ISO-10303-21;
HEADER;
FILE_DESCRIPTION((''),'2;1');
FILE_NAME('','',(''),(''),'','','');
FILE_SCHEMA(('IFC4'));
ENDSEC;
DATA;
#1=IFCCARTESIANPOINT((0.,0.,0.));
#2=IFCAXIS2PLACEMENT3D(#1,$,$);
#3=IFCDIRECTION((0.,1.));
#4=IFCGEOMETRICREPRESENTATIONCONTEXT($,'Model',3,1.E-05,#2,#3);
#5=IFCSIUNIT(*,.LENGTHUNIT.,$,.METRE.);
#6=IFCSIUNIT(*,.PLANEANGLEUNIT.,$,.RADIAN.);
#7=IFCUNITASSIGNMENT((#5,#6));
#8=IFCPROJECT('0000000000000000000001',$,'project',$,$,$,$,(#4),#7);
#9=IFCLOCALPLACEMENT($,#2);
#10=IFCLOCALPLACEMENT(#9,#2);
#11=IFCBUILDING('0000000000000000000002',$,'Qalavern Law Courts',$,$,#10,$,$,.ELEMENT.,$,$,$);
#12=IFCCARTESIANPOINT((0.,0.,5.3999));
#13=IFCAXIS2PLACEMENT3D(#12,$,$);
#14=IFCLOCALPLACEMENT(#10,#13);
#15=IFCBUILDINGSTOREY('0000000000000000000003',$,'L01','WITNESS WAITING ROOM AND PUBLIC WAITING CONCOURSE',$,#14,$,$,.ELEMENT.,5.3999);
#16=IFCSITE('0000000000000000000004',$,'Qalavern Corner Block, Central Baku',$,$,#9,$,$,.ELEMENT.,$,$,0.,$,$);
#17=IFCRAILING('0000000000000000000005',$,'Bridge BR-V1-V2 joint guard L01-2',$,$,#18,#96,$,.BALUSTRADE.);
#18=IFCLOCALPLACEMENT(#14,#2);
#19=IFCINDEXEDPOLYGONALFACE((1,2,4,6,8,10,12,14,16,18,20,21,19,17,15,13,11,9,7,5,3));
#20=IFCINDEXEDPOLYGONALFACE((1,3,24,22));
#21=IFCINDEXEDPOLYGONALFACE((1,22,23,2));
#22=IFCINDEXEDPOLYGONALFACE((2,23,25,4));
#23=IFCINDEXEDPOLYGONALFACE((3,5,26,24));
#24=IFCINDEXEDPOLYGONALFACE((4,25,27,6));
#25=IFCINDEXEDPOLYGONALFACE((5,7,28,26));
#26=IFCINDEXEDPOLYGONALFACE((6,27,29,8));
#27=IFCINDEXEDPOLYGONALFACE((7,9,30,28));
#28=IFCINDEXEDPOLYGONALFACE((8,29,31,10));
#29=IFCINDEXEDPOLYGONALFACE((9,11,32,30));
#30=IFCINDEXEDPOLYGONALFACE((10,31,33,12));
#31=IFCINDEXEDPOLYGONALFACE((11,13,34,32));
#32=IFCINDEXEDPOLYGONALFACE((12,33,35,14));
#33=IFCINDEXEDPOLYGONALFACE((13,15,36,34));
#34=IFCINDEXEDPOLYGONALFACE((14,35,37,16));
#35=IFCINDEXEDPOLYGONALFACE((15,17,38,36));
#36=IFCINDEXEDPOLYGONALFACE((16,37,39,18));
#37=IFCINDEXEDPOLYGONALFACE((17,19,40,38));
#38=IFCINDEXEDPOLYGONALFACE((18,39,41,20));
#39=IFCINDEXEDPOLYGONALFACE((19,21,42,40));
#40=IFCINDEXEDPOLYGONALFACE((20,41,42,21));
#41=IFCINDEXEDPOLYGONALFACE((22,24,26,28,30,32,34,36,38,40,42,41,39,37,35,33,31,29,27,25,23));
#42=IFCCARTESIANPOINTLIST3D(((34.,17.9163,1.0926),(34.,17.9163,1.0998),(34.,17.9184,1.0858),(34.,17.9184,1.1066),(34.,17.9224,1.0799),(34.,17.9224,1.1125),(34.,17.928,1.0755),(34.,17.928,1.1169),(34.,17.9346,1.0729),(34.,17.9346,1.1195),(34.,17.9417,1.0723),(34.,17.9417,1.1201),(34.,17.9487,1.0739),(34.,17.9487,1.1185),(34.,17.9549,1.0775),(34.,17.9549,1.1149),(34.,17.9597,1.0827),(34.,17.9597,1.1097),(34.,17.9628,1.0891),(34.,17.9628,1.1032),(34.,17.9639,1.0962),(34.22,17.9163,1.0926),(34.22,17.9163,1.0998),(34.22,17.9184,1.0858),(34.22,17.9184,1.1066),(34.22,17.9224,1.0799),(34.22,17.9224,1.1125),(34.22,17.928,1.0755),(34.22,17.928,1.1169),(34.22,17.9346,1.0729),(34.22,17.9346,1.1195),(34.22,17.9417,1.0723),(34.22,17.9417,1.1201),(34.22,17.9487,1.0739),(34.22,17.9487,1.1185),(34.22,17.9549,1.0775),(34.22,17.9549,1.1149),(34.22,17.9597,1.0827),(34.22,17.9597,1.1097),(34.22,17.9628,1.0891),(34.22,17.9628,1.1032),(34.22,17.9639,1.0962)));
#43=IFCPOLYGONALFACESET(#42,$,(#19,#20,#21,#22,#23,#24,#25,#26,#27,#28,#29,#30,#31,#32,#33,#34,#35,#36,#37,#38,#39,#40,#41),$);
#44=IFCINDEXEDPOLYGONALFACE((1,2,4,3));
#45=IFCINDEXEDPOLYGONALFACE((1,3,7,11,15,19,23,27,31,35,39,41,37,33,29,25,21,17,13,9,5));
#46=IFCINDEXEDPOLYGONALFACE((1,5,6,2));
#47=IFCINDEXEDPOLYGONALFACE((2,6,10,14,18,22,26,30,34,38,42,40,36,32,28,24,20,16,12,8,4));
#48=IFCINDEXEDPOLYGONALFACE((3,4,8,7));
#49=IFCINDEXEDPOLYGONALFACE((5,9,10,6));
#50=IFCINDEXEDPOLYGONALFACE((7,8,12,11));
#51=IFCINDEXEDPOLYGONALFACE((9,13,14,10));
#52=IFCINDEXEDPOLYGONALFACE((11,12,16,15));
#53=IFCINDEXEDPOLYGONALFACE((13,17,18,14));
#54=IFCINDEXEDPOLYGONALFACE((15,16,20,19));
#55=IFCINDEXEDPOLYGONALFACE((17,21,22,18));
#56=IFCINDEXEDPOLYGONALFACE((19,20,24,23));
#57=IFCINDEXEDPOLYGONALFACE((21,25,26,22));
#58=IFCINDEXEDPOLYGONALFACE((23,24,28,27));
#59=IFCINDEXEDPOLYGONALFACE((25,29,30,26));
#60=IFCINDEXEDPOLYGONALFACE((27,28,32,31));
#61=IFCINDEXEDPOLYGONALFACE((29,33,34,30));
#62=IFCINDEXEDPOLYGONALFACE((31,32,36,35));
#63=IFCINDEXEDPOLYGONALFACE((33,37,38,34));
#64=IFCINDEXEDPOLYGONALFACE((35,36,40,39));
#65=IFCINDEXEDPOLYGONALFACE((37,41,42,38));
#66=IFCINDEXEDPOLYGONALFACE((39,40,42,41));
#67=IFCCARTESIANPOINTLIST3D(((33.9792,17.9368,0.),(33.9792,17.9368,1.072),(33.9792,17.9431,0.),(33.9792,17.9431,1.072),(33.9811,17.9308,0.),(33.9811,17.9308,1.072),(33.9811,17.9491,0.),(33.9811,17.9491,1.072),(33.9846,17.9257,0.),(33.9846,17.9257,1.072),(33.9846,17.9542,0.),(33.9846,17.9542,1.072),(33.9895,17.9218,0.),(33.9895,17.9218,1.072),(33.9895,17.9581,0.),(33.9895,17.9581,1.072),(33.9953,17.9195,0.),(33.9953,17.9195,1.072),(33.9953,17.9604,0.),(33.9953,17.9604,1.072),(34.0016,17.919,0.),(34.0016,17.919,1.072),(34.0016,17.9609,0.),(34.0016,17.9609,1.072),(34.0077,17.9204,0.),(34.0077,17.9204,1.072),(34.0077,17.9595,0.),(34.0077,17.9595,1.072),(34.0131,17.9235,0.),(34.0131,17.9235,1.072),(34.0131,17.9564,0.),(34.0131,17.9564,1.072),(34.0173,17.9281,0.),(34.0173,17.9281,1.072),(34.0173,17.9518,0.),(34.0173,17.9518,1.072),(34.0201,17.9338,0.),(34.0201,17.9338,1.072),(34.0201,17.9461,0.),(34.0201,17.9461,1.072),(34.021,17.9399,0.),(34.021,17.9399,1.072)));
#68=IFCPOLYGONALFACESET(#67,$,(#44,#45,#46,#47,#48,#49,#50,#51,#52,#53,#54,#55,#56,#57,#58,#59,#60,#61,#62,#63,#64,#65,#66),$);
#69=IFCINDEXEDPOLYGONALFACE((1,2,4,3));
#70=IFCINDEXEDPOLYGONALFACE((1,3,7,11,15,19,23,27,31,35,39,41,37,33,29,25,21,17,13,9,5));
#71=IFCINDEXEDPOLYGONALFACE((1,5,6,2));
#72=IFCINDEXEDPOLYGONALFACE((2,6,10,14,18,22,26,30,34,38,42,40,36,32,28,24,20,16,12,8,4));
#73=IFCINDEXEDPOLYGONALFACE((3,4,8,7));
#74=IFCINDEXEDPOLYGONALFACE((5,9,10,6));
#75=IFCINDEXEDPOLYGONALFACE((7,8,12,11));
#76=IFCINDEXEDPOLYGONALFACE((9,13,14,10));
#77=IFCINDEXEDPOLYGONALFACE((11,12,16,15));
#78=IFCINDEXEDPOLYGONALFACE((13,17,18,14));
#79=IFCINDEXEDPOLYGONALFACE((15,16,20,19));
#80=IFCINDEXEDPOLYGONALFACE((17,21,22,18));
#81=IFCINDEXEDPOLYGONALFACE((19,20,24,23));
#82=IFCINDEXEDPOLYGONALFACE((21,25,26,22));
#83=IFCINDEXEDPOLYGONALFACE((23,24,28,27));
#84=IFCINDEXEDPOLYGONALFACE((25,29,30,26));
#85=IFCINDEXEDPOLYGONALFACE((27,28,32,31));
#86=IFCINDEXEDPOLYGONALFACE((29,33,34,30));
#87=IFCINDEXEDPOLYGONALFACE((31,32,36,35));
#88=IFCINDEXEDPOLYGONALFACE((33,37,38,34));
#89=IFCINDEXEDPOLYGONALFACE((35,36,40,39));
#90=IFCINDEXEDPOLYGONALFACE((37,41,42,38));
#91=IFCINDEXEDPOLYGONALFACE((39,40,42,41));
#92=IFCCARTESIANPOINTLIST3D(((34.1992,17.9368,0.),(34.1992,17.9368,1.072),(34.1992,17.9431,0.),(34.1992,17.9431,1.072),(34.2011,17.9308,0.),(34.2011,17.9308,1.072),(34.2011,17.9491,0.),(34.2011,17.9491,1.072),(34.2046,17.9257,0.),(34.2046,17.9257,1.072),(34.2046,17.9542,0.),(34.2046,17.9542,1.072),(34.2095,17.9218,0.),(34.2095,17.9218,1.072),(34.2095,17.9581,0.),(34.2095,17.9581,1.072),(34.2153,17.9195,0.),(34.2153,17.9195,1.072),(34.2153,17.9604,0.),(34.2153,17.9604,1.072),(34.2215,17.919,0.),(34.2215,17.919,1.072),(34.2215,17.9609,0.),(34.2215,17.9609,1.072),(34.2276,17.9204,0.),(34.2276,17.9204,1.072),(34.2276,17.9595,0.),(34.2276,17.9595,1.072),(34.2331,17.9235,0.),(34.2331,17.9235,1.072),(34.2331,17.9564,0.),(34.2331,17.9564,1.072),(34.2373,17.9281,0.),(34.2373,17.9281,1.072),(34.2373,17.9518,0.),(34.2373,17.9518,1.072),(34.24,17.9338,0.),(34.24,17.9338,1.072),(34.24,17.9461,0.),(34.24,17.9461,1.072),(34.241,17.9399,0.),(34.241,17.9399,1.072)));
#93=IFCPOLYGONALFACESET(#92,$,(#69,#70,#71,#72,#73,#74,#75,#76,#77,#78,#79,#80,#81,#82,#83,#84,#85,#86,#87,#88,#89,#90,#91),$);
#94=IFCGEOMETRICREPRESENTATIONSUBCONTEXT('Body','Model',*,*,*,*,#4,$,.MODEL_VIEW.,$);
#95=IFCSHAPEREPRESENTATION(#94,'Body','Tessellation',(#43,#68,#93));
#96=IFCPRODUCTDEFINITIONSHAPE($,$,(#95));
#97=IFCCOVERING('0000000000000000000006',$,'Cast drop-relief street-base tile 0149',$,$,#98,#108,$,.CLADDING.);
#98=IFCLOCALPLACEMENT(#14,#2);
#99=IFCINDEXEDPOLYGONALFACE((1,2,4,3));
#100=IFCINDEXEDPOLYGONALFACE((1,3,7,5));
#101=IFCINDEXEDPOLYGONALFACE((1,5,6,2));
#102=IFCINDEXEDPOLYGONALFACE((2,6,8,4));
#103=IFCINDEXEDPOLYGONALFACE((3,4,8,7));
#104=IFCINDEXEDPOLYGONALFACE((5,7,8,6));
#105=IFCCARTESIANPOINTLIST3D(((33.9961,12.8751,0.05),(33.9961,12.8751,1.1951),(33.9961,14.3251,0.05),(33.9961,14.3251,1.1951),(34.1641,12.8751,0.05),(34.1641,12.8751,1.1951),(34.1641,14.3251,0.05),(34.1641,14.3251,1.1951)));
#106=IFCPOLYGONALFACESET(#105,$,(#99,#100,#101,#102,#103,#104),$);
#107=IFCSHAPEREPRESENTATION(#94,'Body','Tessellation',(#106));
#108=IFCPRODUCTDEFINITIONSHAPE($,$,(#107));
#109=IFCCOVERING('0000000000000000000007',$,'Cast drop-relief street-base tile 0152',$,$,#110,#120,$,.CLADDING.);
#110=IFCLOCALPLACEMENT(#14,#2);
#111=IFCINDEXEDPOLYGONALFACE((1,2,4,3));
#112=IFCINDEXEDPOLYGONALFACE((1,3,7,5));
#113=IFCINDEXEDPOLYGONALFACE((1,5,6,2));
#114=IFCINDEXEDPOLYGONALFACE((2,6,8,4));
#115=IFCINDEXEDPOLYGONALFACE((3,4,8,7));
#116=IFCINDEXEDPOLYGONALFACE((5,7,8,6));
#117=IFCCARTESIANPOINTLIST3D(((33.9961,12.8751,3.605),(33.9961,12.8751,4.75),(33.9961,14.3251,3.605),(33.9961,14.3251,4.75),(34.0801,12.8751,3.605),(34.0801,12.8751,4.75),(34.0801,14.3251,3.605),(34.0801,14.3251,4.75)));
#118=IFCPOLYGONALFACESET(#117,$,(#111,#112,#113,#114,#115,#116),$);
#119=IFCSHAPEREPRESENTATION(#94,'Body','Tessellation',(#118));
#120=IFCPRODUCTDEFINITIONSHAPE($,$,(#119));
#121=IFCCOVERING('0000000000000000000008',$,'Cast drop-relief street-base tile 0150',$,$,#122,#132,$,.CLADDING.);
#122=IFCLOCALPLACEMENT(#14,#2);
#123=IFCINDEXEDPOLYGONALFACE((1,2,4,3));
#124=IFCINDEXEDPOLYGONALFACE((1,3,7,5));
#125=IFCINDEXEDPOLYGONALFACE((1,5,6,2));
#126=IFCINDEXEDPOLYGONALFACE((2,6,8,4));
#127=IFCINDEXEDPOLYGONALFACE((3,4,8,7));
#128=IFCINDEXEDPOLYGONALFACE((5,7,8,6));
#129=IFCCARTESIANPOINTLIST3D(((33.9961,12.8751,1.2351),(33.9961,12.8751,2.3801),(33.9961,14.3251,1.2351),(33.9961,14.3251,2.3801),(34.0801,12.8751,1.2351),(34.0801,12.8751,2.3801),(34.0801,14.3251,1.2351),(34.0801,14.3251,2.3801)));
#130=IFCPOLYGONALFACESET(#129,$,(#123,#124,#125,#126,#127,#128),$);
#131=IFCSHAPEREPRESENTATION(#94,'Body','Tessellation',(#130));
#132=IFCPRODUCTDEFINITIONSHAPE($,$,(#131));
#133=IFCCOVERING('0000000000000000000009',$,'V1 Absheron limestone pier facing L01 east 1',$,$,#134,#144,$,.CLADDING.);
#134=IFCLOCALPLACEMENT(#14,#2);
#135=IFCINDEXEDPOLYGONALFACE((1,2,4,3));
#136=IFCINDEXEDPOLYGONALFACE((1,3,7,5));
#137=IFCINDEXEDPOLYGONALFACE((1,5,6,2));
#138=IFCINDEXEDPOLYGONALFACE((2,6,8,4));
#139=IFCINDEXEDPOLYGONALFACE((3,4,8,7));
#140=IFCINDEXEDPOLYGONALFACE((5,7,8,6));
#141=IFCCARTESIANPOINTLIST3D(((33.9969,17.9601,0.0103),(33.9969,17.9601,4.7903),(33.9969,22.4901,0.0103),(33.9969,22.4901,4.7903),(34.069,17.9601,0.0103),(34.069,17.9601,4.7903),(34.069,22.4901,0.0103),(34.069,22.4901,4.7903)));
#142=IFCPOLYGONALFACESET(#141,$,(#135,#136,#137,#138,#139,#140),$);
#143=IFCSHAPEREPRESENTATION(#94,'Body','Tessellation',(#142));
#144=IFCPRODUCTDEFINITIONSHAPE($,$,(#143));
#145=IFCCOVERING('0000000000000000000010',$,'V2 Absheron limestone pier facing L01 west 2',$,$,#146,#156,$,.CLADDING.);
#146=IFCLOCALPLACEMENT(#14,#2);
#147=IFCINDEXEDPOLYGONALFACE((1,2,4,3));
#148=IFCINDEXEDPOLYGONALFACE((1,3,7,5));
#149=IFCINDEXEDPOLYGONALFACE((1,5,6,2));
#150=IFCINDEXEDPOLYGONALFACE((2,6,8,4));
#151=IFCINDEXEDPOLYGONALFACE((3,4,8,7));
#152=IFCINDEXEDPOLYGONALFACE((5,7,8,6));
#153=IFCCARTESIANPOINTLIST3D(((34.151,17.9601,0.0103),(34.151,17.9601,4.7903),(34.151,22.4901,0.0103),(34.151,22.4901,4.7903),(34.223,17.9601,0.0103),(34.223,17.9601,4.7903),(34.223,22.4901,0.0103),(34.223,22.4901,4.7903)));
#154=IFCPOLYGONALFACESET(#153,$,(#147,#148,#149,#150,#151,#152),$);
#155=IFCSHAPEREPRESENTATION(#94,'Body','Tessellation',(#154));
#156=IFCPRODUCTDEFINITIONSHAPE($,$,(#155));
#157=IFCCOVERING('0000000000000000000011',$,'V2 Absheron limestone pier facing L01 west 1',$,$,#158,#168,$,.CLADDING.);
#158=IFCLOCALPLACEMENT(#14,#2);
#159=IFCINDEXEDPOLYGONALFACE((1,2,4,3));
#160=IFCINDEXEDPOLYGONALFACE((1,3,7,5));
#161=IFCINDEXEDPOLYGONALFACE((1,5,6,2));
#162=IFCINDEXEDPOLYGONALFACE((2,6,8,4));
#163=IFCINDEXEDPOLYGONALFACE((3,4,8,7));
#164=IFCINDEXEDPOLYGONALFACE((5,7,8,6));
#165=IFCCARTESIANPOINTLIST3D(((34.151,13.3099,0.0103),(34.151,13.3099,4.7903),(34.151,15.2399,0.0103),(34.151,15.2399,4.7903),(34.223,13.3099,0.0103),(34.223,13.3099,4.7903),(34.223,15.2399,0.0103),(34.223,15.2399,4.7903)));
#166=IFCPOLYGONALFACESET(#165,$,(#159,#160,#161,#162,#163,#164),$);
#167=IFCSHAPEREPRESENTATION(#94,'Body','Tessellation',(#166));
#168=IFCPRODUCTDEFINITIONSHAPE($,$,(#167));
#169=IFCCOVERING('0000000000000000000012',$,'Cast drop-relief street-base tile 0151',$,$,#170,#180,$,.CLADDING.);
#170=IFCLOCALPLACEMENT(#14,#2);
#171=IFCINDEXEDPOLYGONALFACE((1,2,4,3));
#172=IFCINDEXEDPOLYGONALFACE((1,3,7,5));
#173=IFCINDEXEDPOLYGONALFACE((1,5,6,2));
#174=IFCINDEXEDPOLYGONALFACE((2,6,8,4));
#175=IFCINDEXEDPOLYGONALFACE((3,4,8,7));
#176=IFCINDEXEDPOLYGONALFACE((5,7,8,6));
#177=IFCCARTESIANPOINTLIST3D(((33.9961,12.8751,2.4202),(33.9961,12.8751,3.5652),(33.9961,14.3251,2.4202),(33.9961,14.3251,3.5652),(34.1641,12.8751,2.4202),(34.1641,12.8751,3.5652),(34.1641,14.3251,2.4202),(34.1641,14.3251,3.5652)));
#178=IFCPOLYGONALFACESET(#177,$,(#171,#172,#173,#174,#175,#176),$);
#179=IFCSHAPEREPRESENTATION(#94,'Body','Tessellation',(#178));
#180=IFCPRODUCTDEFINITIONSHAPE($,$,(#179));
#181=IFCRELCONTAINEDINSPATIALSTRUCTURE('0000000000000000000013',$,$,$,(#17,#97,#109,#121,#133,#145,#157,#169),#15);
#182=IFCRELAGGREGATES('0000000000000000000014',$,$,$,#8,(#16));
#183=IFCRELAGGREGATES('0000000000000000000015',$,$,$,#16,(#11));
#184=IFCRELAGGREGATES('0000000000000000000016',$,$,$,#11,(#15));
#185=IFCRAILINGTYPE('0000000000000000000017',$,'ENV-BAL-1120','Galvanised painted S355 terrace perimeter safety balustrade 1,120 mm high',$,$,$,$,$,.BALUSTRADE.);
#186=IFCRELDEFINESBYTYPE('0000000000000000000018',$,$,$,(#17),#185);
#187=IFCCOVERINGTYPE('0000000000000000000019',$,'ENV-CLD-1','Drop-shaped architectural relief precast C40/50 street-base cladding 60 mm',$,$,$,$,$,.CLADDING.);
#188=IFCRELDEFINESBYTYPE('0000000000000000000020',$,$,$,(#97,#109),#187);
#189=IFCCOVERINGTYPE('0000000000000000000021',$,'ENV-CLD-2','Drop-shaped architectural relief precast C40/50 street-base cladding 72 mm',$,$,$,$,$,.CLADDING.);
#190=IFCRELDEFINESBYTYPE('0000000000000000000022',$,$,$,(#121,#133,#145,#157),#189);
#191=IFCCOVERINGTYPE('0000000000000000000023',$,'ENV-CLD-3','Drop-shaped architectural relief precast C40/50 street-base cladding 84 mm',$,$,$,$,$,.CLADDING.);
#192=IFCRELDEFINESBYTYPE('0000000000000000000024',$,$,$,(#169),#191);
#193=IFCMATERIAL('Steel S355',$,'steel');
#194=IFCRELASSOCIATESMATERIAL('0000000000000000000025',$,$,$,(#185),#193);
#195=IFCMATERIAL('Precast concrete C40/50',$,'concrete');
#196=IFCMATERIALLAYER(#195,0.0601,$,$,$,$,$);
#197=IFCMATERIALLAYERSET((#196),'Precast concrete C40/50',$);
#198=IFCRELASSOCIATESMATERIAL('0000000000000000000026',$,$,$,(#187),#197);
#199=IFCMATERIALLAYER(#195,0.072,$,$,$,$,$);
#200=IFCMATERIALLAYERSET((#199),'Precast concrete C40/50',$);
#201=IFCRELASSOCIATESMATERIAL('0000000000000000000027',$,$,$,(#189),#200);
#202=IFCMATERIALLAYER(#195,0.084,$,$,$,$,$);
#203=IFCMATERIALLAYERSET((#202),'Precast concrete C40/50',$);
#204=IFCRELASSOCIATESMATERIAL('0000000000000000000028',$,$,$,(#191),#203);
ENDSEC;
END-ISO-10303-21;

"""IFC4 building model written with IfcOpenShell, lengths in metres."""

from ifc_helpers import new_model, si_unit, direction, frame, origin, origin_2d, place, context, subcontext, project, spatial, rectangle, circle, extrude, material, layer, layer_set, type_object, element, save


model = new_model("IFC4")

# Units and contexts
model_context = context("Model", 3, precision=1e-05, world=origin(), true_north=direction((0.0, 1.0)))
body_context = subcontext(model_context, "Body", "Model", "MODEL_VIEW")
ifc_project = project(units=[si_unit("LENGTHUNIT", "METRE"), si_unit("PLANEANGLEUNIT", "RADIAN")], contexts=[model_context])

# Site, building, storey
site_placement = place(None, origin())
site = spatial("IfcSite", under=ifc_project, at=site_placement, Name="Qalavern Corner Block, Central Baku", CompositionType="ELEMENT", RefElevation=0.0)
building_placement = place(site_placement, origin())
building = spatial("IfcBuilding", under=site, at=building_placement, Name="Qalavern Law Courts", CompositionType="ELEMENT")
storey_placement = place(building_placement, frame((0.0, 0.0, 5.3999)))
storey = spatial("IfcBuildingStorey", under=building, at=storey_placement, Name="L01", Description="WITNESS WAITING ROOM AND PUBLIC WAITING CONCOURSE", CompositionType="ELEMENT", Elevation=5.3999)

# Shared definitions
ifc_material_1 = material(Name="Steel S355", Category="steel")

# Railing
railing_type = type_object("IfcRailingType", Name="ENV-BAL-1120", Description="Galvanised painted S355 terrace perimeter safety balustrade 1,120 mm high", PredefinedType="BALUSTRADE", material=ifc_material_1)
for number, where, name in (
    (1, (34.0, 17.9399, 0.0), "Bridge BR-V1-V2 joint guard L01-2"),
):
    element("IfcRailing", number, at=place(storey_placement, frame(where)), inside=storey, type_object=railing_type, Name=name, PredefinedType="BALUSTRADE", context=body_context, shape_type="SweptSolid", body=[
        extrude(circle(Radius=0.0239, at=origin_2d()), frame((0.0, 0.0, 1.0962), z_axis=(1.0, 0.0, 0.0), x_axis=(0.0, 1.0, 0.0)), (0.0, 0.0, 1.0), 0.22),
        extrude(circle(Radius=0.021, at=origin_2d()), origin(), (0.0, 0.0, 1.0), 1.072),
        extrude(circle(Radius=0.021, at=origin_2d()), frame((0.22, 0.0, 0.0)), (0.0, 0.0, 1.0), 1.072),
    ])

# Coverings
ifc_material_2 = material(Name="Precast concrete C40/50", Category="concrete")
ifc_layer_1 = layer(ifc_material_2, 0.0601)
ifc_layer_set_1 = layer_set([ifc_layer_1], Name="Precast concrete C40/50")
covering_type_1 = type_object("IfcCoveringType", Name="ENV-CLD-1", Description="Drop-shaped architectural relief precast C40/50 street-base cladding 60 mm", PredefinedType="CLADDING", material=ifc_layer_set_1)
covering_1_placement = place(storey_placement, frame((34.0801, 13.6001, 0.05), z_axis=(0.0, 0.0, 1.0), x_axis=(0.0, 1.0, 0.0)))
element("IfcCovering", 2, at=covering_1_placement, inside=storey, type_object=covering_type_1, Name="Cast drop-relief street-base tile 0149", PredefinedType="CLADDING", context=body_context, shape_type="SweptSolid", body=[
    extrude(rectangle(XDim=1.45, YDim=0.168, at=origin_2d()), origin(), (0.0, 0.0, 1.0), 1.145),
])
covering_2_placement = place(storey_placement, frame((34.0381, 13.6001, 3.605), z_axis=(0.0, 0.0, 1.0), x_axis=(0.0, 1.0, 0.0)))
element("IfcCovering", 3, at=covering_2_placement, inside=storey, type_object=covering_type_1, Name="Cast drop-relief street-base tile 0152", PredefinedType="CLADDING", context=body_context, shape_type="SweptSolid", body=[
    extrude(rectangle(XDim=1.45, YDim=0.084, at=origin_2d()), origin(), (0.0, 0.0, 1.0), 1.145),
])
ifc_layer_2 = layer(ifc_material_2, 0.072)
ifc_layer_set_2 = layer_set([ifc_layer_2], Name="Precast concrete C40/50")
covering_type_2 = type_object("IfcCoveringType", Name="ENV-CLD-2", Description="Drop-shaped architectural relief precast C40/50 street-base cladding 72 mm", PredefinedType="CLADDING", material=ifc_layer_set_2)
covering_3_placement = place(storey_placement, frame((34.0381, 13.6001, 1.2351), z_axis=(0.0, 0.0, 1.0), x_axis=(0.0, 1.0, 0.0)))
element("IfcCovering", 4, at=covering_3_placement, inside=storey, type_object=covering_type_2, Name="Cast drop-relief street-base tile 0150", PredefinedType="CLADDING", context=body_context, shape_type="SweptSolid", body=[
    extrude(rectangle(XDim=1.45, YDim=0.084, at=origin_2d()), origin(), (0.0, 0.0, 1.0), 1.145),
])
for number, where, z_axis, x_axis, name in (
    (5, (34.033, 20.2251, 0.0103), (0.0, 0.0, 1.0), (0.0, 1.0, 0.0), "V1 Absheron limestone pier facing L01 east 1"),
    (6, (34.187, 20.2251, 0.0103), (0.0, 0.0, 1.0), (0.0, -1.0, 0.0), "V2 Absheron limestone pier facing L01 west 2"),
):
    element("IfcCovering", number, at=place(storey_placement, frame(where, z_axis=z_axis, x_axis=x_axis)), inside=storey, type_object=covering_type_2, Name=name, PredefinedType="CLADDING", context=body_context, shape_type="SweptSolid", body=[
        extrude(rectangle(XDim=4.53, YDim=0.072, at=origin_2d()), origin(), (0.0, 0.0, 1.0), 4.78),
    ])
covering_4_placement = place(storey_placement, frame((34.187, 14.2749, 0.0103), z_axis=(0.0, 0.0, 1.0), x_axis=(0.0, -1.0, 0.0)))
element("IfcCovering", 7, at=covering_4_placement, inside=storey, type_object=covering_type_2, Name="V2 Absheron limestone pier facing L01 west 1", PredefinedType="CLADDING", context=body_context, shape_type="SweptSolid", body=[
    extrude(rectangle(XDim=1.9299, YDim=0.072, at=origin_2d()), origin(), (0.0, 0.0, 1.0), 4.78),
])
ifc_layer_3 = layer(ifc_material_2, 0.084)
ifc_layer_set_3 = layer_set([ifc_layer_3], Name="Precast concrete C40/50")
covering_type_3 = type_object("IfcCoveringType", Name="ENV-CLD-3", Description="Drop-shaped architectural relief precast C40/50 street-base cladding 84 mm", PredefinedType="CLADDING", material=ifc_layer_set_3)
covering_5_placement = place(storey_placement, frame((34.0801, 13.6001, 2.4202), z_axis=(0.0, 0.0, 1.0), x_axis=(0.0, 1.0, 0.0)))
element("IfcCovering", 8, at=covering_5_placement, inside=storey, type_object=covering_type_3, Name="Cast drop-relief street-base tile 0151", PredefinedType="CLADDING", context=body_context, shape_type="SweptSolid", body=[
    extrude(rectangle(XDim=1.45, YDim=0.168, at=origin_2d()), origin(), (0.0, 0.0, 1.0), 1.145),
])

save(model, "model.ifc")
